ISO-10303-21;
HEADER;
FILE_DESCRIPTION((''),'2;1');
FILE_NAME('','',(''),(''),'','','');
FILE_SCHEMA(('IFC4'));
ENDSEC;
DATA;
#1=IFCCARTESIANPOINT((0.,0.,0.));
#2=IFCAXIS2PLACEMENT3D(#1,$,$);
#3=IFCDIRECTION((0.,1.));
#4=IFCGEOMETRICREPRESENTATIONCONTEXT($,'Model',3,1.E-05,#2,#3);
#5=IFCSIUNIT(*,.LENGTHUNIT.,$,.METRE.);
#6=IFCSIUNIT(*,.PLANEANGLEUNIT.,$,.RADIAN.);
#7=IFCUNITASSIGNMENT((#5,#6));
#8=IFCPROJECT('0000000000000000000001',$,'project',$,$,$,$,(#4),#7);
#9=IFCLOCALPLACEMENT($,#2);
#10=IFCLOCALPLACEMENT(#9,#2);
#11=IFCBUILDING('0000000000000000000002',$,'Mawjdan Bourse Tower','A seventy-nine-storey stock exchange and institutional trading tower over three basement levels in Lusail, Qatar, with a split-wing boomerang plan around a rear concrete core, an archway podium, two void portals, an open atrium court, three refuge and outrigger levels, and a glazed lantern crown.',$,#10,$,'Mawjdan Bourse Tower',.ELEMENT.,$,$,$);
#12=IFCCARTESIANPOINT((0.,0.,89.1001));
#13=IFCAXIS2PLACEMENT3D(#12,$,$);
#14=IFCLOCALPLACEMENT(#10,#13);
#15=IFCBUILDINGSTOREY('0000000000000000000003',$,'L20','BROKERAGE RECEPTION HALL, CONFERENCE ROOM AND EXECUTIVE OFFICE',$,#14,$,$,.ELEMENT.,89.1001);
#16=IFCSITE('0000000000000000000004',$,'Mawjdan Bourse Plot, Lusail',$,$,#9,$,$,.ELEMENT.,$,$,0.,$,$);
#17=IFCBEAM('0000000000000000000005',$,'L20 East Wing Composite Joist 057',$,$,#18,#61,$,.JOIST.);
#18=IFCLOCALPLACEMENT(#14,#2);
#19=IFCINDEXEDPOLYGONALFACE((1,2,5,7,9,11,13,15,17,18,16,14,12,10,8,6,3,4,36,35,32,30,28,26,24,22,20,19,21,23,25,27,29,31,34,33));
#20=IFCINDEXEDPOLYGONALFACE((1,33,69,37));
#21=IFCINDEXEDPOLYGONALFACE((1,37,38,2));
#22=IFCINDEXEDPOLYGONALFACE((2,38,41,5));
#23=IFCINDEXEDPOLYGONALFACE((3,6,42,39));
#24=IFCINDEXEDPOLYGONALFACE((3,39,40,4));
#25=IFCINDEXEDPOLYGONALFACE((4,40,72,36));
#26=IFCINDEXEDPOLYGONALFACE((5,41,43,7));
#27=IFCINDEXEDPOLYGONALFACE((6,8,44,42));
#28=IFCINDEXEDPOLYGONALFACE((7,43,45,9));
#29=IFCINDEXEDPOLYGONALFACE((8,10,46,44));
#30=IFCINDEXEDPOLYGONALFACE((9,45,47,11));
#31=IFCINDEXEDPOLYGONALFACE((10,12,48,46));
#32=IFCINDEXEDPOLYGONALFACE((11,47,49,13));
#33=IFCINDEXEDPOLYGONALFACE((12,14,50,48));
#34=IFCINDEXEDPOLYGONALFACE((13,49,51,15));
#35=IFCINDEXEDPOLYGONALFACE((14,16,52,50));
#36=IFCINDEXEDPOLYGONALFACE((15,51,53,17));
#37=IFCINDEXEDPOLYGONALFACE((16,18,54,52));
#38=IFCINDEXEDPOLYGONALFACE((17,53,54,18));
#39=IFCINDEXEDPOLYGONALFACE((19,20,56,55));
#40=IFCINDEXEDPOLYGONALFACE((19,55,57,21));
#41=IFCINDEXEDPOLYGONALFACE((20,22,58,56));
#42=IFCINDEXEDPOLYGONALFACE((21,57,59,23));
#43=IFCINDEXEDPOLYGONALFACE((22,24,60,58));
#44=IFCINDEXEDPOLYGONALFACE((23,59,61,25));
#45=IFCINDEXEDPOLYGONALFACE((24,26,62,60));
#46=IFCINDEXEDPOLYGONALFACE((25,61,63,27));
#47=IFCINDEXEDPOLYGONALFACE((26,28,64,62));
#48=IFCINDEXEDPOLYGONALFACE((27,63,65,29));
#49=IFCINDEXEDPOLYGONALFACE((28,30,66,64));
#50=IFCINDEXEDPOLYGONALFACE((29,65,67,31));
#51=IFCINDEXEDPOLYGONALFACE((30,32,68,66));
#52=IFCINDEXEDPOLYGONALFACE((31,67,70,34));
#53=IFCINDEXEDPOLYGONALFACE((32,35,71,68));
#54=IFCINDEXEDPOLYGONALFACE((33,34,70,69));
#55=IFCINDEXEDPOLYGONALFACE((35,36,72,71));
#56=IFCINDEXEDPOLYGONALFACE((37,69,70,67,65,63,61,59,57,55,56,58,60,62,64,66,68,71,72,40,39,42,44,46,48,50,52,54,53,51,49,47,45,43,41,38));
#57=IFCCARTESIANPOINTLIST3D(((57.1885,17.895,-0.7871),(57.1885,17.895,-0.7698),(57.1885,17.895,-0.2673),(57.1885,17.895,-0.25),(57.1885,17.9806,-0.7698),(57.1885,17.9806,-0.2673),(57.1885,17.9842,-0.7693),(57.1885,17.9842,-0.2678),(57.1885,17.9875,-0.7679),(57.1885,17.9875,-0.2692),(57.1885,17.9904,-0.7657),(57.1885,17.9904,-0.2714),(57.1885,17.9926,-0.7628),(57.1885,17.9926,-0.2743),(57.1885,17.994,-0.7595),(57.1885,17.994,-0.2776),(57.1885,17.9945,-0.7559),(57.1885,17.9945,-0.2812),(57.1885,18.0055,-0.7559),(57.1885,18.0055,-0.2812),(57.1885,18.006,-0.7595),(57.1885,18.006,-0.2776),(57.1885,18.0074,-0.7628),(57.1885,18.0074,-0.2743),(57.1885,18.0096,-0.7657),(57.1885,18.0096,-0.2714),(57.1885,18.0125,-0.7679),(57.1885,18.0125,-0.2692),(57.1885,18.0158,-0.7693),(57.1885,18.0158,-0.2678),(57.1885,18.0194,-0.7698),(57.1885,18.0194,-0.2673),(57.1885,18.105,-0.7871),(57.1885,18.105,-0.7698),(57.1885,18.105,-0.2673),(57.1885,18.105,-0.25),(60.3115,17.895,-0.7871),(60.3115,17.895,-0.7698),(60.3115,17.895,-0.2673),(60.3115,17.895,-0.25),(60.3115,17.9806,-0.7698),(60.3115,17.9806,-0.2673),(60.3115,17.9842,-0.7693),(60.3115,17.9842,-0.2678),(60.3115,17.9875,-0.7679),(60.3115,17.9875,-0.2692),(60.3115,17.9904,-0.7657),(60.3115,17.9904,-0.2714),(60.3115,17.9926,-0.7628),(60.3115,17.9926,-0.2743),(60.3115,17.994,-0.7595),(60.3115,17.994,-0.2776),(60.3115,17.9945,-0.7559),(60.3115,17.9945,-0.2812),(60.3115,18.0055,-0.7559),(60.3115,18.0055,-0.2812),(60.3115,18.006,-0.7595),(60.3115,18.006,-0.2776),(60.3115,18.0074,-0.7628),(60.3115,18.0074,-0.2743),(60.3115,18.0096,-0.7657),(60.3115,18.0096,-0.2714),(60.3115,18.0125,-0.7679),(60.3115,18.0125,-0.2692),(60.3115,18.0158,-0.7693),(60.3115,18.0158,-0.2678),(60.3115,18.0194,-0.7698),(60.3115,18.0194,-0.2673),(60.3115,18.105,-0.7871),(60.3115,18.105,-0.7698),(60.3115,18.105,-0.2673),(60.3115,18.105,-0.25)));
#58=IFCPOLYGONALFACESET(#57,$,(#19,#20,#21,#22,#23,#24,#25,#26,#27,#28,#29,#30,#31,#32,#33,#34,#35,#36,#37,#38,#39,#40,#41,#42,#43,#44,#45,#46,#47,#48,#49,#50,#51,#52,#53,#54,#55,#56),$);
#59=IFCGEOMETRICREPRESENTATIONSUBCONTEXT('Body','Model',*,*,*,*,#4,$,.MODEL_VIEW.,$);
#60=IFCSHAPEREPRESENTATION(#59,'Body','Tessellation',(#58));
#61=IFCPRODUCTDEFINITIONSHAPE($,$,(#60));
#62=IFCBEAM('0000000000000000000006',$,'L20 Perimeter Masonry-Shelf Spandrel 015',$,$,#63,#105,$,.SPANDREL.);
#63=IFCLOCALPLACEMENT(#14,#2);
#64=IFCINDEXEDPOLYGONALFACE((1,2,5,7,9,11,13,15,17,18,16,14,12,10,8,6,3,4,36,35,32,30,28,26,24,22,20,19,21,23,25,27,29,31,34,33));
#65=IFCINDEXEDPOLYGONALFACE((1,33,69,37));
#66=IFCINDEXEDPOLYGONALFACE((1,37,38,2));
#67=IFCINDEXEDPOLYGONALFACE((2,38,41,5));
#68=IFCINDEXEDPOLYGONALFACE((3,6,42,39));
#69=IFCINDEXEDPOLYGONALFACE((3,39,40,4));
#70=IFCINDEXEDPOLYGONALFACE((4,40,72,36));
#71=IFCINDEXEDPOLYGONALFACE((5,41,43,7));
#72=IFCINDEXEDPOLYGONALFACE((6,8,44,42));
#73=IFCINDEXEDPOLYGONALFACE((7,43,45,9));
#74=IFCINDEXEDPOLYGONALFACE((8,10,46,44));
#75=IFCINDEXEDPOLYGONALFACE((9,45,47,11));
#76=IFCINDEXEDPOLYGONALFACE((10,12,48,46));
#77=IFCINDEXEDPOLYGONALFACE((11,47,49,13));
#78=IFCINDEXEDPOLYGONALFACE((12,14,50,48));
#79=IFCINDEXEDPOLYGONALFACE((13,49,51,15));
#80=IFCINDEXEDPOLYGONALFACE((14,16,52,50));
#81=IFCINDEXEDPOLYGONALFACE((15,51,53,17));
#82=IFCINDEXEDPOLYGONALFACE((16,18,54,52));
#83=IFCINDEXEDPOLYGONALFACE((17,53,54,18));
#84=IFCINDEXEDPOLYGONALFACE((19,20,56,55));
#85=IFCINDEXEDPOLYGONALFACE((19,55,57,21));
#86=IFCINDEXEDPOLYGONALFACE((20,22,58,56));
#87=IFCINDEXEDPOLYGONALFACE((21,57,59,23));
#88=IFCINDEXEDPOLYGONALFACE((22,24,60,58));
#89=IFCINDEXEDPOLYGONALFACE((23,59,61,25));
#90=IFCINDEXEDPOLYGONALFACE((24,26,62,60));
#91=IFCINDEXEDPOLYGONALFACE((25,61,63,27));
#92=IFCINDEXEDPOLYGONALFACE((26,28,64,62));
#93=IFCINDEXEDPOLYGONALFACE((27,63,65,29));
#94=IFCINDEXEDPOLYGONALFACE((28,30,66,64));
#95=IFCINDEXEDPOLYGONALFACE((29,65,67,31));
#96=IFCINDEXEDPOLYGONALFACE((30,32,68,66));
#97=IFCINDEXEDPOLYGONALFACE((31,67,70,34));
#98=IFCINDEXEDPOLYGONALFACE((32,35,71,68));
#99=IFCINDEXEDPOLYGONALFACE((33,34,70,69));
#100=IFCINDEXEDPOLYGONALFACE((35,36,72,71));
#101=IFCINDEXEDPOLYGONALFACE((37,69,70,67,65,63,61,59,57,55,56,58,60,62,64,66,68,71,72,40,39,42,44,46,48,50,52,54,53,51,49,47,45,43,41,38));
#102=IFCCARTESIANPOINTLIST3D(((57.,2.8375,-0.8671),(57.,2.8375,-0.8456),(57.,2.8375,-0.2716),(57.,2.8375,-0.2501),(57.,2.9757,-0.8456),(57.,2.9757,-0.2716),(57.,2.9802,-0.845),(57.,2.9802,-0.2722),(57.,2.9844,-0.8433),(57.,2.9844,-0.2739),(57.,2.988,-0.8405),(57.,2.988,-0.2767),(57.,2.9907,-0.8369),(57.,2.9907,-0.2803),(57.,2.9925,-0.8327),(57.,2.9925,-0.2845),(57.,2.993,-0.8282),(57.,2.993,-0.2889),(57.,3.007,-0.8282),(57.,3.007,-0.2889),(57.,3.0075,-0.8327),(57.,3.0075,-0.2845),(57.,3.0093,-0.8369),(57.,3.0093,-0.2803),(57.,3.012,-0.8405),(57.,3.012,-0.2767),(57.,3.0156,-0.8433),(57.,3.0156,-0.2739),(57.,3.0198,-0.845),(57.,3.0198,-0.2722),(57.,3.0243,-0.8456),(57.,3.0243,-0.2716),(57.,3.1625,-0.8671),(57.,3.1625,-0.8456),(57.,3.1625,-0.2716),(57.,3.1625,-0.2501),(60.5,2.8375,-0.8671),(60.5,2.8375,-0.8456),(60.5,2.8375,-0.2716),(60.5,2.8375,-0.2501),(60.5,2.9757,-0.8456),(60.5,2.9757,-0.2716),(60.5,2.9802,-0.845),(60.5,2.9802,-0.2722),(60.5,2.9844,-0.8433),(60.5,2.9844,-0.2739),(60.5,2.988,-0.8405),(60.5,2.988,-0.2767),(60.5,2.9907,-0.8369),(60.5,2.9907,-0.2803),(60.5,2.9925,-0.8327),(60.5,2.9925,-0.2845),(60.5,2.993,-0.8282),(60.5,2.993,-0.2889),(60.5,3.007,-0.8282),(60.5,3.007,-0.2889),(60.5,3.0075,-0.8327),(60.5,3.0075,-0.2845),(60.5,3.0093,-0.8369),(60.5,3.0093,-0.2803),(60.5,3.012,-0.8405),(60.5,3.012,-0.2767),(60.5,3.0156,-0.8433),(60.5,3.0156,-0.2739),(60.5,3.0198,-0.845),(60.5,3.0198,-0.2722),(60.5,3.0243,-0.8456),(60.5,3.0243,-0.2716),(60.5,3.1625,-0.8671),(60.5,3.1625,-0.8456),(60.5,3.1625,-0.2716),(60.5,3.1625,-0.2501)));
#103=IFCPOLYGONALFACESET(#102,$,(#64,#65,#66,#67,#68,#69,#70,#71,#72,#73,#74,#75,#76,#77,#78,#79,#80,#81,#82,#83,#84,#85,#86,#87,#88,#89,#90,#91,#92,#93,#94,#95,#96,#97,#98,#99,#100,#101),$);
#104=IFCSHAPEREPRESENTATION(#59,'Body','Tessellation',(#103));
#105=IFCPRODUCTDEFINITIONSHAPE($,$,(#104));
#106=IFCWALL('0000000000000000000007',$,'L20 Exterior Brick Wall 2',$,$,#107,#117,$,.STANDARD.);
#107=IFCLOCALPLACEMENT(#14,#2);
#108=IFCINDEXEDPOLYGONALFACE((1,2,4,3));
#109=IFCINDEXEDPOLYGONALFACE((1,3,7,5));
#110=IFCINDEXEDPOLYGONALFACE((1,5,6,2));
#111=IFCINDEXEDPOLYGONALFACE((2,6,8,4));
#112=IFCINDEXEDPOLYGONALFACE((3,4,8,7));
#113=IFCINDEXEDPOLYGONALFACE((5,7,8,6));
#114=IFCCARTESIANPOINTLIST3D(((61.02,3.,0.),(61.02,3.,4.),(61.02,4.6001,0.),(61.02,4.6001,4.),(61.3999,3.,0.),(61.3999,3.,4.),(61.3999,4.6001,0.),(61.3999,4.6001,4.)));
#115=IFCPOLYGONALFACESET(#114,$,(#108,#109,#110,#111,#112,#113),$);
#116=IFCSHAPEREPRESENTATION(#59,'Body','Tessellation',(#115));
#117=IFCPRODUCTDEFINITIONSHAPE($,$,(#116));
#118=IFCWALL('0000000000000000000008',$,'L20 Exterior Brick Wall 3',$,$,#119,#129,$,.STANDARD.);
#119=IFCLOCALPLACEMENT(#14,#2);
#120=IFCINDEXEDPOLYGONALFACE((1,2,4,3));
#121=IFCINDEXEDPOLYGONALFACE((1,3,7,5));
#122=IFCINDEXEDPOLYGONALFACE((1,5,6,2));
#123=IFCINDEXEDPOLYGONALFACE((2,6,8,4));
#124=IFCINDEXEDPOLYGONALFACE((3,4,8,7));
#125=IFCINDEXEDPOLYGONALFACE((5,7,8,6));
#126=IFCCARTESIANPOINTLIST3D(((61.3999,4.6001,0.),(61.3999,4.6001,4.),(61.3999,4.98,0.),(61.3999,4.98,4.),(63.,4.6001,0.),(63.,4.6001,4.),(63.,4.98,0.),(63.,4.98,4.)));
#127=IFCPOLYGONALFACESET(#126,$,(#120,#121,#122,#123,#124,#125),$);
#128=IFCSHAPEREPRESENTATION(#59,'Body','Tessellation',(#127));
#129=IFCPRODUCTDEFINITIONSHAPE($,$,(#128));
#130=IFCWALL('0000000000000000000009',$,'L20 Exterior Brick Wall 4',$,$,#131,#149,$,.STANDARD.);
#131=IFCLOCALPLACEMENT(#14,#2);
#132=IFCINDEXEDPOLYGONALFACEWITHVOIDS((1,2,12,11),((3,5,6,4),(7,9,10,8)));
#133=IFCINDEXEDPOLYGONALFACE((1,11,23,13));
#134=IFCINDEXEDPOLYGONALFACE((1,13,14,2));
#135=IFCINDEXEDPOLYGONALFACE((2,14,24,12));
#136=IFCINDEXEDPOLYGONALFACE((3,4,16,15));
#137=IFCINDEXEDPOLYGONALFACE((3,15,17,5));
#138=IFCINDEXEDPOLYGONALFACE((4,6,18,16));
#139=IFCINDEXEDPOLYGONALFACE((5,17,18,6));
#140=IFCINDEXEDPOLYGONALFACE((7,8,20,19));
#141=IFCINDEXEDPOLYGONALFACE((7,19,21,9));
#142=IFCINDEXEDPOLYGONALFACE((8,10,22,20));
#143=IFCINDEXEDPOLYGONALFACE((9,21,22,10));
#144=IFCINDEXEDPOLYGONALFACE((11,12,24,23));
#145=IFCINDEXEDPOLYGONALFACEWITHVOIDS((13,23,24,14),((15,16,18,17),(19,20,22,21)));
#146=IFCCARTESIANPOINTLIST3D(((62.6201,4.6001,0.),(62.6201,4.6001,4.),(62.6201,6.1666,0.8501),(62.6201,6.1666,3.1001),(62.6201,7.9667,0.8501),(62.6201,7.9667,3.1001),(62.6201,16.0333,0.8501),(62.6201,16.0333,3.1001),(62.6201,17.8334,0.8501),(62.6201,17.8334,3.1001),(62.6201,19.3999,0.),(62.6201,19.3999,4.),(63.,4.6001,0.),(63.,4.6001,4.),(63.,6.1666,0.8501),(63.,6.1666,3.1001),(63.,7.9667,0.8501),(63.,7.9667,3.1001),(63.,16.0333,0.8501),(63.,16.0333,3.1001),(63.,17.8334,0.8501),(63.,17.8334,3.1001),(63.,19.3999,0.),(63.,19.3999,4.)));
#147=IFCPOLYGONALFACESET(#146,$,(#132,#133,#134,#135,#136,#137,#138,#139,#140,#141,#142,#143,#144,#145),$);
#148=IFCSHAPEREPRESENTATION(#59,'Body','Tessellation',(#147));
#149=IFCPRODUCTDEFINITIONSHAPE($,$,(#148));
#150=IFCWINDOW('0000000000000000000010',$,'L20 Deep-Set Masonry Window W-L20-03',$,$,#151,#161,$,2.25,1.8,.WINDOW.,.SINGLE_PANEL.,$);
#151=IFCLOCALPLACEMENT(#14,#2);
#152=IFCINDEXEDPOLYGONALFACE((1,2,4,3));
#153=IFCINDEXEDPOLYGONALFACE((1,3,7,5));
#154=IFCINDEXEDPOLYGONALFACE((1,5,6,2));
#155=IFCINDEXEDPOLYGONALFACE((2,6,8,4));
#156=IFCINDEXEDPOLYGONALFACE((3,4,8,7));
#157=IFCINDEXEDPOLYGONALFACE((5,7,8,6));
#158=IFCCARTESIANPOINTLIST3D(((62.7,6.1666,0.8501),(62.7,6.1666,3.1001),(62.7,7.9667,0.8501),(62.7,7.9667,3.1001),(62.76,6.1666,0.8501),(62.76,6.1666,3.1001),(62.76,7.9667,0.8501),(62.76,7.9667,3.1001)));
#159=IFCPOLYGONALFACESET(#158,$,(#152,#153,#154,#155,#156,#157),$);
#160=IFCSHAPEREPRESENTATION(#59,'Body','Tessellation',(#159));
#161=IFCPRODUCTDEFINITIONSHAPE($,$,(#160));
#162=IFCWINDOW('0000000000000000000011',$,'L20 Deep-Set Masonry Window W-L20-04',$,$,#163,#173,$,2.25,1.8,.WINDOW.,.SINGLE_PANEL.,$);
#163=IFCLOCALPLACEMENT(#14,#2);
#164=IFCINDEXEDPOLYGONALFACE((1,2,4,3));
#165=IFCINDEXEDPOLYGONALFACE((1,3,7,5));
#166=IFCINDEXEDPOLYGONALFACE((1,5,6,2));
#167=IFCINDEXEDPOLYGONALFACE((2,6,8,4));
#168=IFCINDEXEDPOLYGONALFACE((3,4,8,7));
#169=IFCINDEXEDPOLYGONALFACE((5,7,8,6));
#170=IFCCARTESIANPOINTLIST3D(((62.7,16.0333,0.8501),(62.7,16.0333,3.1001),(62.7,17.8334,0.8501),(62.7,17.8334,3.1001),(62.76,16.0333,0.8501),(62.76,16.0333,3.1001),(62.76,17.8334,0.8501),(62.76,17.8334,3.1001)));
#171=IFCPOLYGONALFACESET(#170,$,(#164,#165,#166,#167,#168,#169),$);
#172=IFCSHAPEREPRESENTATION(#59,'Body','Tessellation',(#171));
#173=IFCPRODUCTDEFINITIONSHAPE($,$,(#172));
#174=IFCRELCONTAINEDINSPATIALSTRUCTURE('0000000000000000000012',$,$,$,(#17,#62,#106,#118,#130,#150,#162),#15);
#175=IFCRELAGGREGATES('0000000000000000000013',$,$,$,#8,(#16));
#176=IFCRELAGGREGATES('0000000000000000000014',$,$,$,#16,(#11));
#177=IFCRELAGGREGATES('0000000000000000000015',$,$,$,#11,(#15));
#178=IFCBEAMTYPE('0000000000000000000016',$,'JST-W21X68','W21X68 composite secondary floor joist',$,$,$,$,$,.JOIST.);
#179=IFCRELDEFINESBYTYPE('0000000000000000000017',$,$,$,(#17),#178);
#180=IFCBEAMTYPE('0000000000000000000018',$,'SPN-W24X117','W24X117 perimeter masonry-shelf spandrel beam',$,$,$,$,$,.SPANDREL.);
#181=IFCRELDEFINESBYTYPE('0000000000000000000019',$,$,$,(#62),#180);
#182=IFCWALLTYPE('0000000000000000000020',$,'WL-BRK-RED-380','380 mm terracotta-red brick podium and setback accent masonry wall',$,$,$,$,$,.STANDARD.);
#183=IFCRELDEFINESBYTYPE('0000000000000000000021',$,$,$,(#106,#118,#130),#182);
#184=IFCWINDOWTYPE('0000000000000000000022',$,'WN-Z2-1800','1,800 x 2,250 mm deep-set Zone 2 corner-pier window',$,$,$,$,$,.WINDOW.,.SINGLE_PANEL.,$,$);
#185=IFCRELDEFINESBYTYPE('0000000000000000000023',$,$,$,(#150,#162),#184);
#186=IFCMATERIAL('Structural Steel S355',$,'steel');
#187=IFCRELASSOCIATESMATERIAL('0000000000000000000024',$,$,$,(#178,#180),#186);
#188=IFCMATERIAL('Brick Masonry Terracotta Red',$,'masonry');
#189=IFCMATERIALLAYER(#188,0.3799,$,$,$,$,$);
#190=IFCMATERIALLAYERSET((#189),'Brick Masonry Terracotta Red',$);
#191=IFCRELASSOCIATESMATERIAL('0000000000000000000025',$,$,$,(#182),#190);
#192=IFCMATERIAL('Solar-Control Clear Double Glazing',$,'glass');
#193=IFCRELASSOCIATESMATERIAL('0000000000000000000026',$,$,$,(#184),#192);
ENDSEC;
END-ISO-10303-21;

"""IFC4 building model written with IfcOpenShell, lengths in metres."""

from ifc_helpers import new_model, si_unit, direction, frame, frame_2d, origin, origin_2d, place, context, subcontext, project, spatial, rectangle, i_section, extrude, material, layer, layer_set, material_profile, profile_set, type_object, element, fill, save


model = new_model("IFC4")

# Units and contexts
model_context = context("Model", 3, precision=1e-05, world=origin(), true_north=direction((0.0, 1.0)))
body_context = subcontext(model_context, "Body", "Model", "MODEL_VIEW")
ifc_project = project(units=[si_unit("LENGTHUNIT", "METRE"), si_unit("PLANEANGLEUNIT", "RADIAN")], contexts=[model_context])

# Site, building, storey
site_placement = place(None, origin())
site = spatial("IfcSite", under=ifc_project, at=site_placement, Name="Mawjdan Bourse Plot, Lusail", CompositionType="ELEMENT", RefElevation=0.0)
building_placement = place(site_placement, origin())
building = spatial("IfcBuilding", under=site, at=building_placement, Name="Mawjdan Bourse Tower", Description="A seventy-nine-storey stock exchange and institutional trading tower over three basement levels in Lusail, Qatar, with a split-wing boomerang plan around a rear concrete core, an archway podium, two void portals, an open atrium court, three refuge and outrigger levels, and a glazed lantern crown.", LongName="Mawjdan Bourse Tower", CompositionType="ELEMENT")
storey_placement = place(building_placement, frame((0.0, 0.0, 89.1001)))
storey = spatial("IfcBuildingStorey", under=building, at=storey_placement, Name="L20", Description="BROKERAGE RECEPTION HALL, CONFERENCE ROOM AND EXECUTIVE OFFICE", CompositionType="ELEMENT", Elevation=89.1001)

# Beams
ifc_material_1 = material(Name="Structural Steel S355", Category="steel")
ifc_material_profile_1 = material_profile(ifc_material_1, i_section(OverallWidth=0.21, OverallDepth=0.5371, WebThickness=0.011, FlangeThickness=0.0173, FilletRadius=0.0139, at=origin_2d()), Name="W21X68")
ifc_profile_set_1 = profile_set([ifc_material_profile_1], Name="Structural Steel S355")
beam_type_1 = type_object("IfcBeamType", Name="JST-W21X68", Description="W21X68 composite secondary floor joist", PredefinedType="JOIST", material=ifc_profile_set_1)
beam_1_placement = place(storey_placement, frame((57.1885, 18.0, -0.5186), z_axis=(1.0, 0.0, 0.0), x_axis=(0.0, 1.0, 0.0)))
element("IfcBeam", 1, at=beam_1_placement, inside=storey, type_object=beam_type_1, Name="L20 East Wing Composite Joist 057", PredefinedType="JOIST", context=body_context, shape_type="SweptSolid", body=[
    extrude(i_section(OverallWidth=0.21, OverallDepth=0.5371, WebThickness=0.011, FlangeThickness=0.0173, FilletRadius=0.0139, at=origin_2d()), origin(), (0.0, 0.0, 1.0), 3.123),
])
ifc_material_profile_2 = material_profile(ifc_material_1, i_section(OverallWidth=0.325, OverallDepth=0.6169, WebThickness=0.0139, FlangeThickness=0.0215, FilletRadius=0.0173, at=origin_2d()), Name="W24X117")
ifc_profile_set_2 = profile_set([ifc_material_profile_2], Name="Structural Steel S355")
beam_type_2 = type_object("IfcBeamType", Name="SPN-W24X117", Description="W24X117 perimeter masonry-shelf spandrel beam", PredefinedType="SPANDREL", material=ifc_profile_set_2)
beam_2_placement = place(storey_placement, frame((57.0, 3.0, -0.5586), z_axis=(1.0, 0.0, 0.0), x_axis=(0.0, 1.0, 0.0)))
element("IfcBeam", 2, at=beam_2_placement, inside=storey, type_object=beam_type_2, Name="L20 Perimeter Masonry-Shelf Spandrel 015", PredefinedType="SPANDREL", context=body_context, shape_type="SweptSolid", body=[
    extrude(i_section(OverallWidth=0.325, OverallDepth=0.6169, WebThickness=0.0139, FlangeThickness=0.0215, FilletRadius=0.0173, at=origin_2d()), origin(), (0.0, 0.0, 1.0), 3.5),
])

# Walls
ifc_material_2 = material(Name="Brick Masonry Terracotta Red", Category="masonry")
ifc_layer_1 = layer(ifc_material_2, 0.3799)
ifc_layer_set_1 = layer_set([ifc_layer_1], Name="Brick Masonry Terracotta Red")
wall_type_1 = type_object("IfcWallType", Name="WL-BRK-RED-380", Description="380 mm terracotta-red brick podium and setback accent masonry wall", PredefinedType="STANDARD", material=ifc_layer_set_1)
for number, where, z_axis, x_axis, name in (
    (3, (61.21, 3.0, 0.0), (0.0, 0.0, 1.0), (0.0, 1.0, 0.0), "L20 Exterior Brick Wall 2"),
    (4, (61.3999, 4.79, 0.0), (0.0, 0.0, 1.0), (1.0, 0.0, 0.0), "L20 Exterior Brick Wall 3"),
):
    element("IfcWall", number, at=place(storey_placement, frame(where, z_axis=z_axis, x_axis=x_axis)), inside=storey, type_object=wall_type_1, Name=name, PredefinedType="STANDARD", context=body_context, shape_type="SweptSolid", body=[
        extrude(rectangle(XDim=1.6001, YDim=0.3799, at=frame_2d((0.8, 0.0))), origin(), (0.0, 0.0, 1.0), 4.0),
    ])

# Wall, openings, windows
wall_1_placement = place(storey_placement, frame((62.8101, 4.6001, 0.0), z_axis=(0.0, 0.0, 1.0), x_axis=(0.0, 1.0, 0.0)))
wall_1 = element("IfcWall", 5, at=wall_1_placement, inside=storey, type_object=wall_type_1, Name="L20 Exterior Brick Wall 4", PredefinedType="STANDARD", context=body_context, shape_type="SweptSolid", body=[
    extrude(rectangle(XDim=14.7998, YDim=0.3799, at=frame_2d((7.3999, 0.0))), origin(), (0.0, 0.0, 1.0), 4.0),
])
opening_1_placement = place(wall_1_placement, frame((1.5667, 0.0, 0.8501)))
opening_1 = element("IfcOpeningElement", 6, at=opening_1_placement, cuts=wall_1, PredefinedType="OPENING", context=body_context, shape_type="SweptSolid", body=[
    extrude(rectangle(XDim=1.8, YDim=2.25, at=frame_2d((0.8999, 1.125))), frame((0.0, 0.2, 0.0), z_axis=(0.0, -1.0, 0.0), x_axis=(1.0, 0.0, 0.0)), (0.0, 0.0, 1.0), 0.3999),
])
opening_2_placement = place(wall_1_placement, frame((11.4333, 0.0, 0.8501)))
opening_2 = element("IfcOpeningElement", 7, at=opening_2_placement, cuts=wall_1, PredefinedType="OPENING", context=body_context, shape_type="SweptSolid", body=[
    extrude(rectangle(XDim=1.8, YDim=2.25, at=frame_2d((0.8999, 1.125))), frame((0.0, 0.2, 0.0), z_axis=(0.0, -1.0, 0.0), x_axis=(1.0, 0.0, 0.0)), (0.0, 0.0, 1.0), 0.3999),
])
ifc_material_3 = material(Name="Solar-Control Clear Double Glazing", Category="glass")
window_type = type_object("IfcWindowType", Name="WN-Z2-1800", Description="1,800 x 2,250 mm deep-set Zone 2 corner-pier window", PartitioningType="SINGLE_PANEL", PredefinedType="WINDOW", material=ifc_material_3)
window_1_placement = place(opening_1_placement, origin())
window_1 = element("IfcWindow", 8, at=window_1_placement, inside=storey, type_object=window_type, Name="L20 Deep-Set Masonry Window W-L20-03", OverallHeight=2.25, OverallWidth=1.8, PartitioningType="SINGLE_PANEL", PredefinedType="WINDOW", context=body_context, shape_type="SweptSolid", body=[
    extrude(rectangle(XDim=1.8, YDim=2.25, at=frame_2d((0.8999, 1.125))), frame((0.0, 0.1101, 0.0), z_axis=(0.0, -1.0, 0.0), x_axis=(1.0, 0.0, 0.0)), (0.0, 0.0, 1.0), 0.0601),
])
fill(opening_1, window_1)
window_2_placement = place(opening_2_placement, origin())
window_2 = element("IfcWindow", 9, at=window_2_placement, inside=storey, type_object=window_type, Name="L20 Deep-Set Masonry Window W-L20-04", OverallHeight=2.25, OverallWidth=1.8, PartitioningType="SINGLE_PANEL", PredefinedType="WINDOW", context=body_context, shape_type="SweptSolid", body=[
    extrude(rectangle(XDim=1.8, YDim=2.25, at=frame_2d((0.8999, 1.125))), frame((0.0, 0.1101, 0.0), z_axis=(0.0, -1.0, 0.0), x_axis=(1.0, 0.0, 0.0)), (0.0, 0.0, 1.0), 0.0601),
])
fill(opening_2, window_2)

save(model, "model.ifc")
